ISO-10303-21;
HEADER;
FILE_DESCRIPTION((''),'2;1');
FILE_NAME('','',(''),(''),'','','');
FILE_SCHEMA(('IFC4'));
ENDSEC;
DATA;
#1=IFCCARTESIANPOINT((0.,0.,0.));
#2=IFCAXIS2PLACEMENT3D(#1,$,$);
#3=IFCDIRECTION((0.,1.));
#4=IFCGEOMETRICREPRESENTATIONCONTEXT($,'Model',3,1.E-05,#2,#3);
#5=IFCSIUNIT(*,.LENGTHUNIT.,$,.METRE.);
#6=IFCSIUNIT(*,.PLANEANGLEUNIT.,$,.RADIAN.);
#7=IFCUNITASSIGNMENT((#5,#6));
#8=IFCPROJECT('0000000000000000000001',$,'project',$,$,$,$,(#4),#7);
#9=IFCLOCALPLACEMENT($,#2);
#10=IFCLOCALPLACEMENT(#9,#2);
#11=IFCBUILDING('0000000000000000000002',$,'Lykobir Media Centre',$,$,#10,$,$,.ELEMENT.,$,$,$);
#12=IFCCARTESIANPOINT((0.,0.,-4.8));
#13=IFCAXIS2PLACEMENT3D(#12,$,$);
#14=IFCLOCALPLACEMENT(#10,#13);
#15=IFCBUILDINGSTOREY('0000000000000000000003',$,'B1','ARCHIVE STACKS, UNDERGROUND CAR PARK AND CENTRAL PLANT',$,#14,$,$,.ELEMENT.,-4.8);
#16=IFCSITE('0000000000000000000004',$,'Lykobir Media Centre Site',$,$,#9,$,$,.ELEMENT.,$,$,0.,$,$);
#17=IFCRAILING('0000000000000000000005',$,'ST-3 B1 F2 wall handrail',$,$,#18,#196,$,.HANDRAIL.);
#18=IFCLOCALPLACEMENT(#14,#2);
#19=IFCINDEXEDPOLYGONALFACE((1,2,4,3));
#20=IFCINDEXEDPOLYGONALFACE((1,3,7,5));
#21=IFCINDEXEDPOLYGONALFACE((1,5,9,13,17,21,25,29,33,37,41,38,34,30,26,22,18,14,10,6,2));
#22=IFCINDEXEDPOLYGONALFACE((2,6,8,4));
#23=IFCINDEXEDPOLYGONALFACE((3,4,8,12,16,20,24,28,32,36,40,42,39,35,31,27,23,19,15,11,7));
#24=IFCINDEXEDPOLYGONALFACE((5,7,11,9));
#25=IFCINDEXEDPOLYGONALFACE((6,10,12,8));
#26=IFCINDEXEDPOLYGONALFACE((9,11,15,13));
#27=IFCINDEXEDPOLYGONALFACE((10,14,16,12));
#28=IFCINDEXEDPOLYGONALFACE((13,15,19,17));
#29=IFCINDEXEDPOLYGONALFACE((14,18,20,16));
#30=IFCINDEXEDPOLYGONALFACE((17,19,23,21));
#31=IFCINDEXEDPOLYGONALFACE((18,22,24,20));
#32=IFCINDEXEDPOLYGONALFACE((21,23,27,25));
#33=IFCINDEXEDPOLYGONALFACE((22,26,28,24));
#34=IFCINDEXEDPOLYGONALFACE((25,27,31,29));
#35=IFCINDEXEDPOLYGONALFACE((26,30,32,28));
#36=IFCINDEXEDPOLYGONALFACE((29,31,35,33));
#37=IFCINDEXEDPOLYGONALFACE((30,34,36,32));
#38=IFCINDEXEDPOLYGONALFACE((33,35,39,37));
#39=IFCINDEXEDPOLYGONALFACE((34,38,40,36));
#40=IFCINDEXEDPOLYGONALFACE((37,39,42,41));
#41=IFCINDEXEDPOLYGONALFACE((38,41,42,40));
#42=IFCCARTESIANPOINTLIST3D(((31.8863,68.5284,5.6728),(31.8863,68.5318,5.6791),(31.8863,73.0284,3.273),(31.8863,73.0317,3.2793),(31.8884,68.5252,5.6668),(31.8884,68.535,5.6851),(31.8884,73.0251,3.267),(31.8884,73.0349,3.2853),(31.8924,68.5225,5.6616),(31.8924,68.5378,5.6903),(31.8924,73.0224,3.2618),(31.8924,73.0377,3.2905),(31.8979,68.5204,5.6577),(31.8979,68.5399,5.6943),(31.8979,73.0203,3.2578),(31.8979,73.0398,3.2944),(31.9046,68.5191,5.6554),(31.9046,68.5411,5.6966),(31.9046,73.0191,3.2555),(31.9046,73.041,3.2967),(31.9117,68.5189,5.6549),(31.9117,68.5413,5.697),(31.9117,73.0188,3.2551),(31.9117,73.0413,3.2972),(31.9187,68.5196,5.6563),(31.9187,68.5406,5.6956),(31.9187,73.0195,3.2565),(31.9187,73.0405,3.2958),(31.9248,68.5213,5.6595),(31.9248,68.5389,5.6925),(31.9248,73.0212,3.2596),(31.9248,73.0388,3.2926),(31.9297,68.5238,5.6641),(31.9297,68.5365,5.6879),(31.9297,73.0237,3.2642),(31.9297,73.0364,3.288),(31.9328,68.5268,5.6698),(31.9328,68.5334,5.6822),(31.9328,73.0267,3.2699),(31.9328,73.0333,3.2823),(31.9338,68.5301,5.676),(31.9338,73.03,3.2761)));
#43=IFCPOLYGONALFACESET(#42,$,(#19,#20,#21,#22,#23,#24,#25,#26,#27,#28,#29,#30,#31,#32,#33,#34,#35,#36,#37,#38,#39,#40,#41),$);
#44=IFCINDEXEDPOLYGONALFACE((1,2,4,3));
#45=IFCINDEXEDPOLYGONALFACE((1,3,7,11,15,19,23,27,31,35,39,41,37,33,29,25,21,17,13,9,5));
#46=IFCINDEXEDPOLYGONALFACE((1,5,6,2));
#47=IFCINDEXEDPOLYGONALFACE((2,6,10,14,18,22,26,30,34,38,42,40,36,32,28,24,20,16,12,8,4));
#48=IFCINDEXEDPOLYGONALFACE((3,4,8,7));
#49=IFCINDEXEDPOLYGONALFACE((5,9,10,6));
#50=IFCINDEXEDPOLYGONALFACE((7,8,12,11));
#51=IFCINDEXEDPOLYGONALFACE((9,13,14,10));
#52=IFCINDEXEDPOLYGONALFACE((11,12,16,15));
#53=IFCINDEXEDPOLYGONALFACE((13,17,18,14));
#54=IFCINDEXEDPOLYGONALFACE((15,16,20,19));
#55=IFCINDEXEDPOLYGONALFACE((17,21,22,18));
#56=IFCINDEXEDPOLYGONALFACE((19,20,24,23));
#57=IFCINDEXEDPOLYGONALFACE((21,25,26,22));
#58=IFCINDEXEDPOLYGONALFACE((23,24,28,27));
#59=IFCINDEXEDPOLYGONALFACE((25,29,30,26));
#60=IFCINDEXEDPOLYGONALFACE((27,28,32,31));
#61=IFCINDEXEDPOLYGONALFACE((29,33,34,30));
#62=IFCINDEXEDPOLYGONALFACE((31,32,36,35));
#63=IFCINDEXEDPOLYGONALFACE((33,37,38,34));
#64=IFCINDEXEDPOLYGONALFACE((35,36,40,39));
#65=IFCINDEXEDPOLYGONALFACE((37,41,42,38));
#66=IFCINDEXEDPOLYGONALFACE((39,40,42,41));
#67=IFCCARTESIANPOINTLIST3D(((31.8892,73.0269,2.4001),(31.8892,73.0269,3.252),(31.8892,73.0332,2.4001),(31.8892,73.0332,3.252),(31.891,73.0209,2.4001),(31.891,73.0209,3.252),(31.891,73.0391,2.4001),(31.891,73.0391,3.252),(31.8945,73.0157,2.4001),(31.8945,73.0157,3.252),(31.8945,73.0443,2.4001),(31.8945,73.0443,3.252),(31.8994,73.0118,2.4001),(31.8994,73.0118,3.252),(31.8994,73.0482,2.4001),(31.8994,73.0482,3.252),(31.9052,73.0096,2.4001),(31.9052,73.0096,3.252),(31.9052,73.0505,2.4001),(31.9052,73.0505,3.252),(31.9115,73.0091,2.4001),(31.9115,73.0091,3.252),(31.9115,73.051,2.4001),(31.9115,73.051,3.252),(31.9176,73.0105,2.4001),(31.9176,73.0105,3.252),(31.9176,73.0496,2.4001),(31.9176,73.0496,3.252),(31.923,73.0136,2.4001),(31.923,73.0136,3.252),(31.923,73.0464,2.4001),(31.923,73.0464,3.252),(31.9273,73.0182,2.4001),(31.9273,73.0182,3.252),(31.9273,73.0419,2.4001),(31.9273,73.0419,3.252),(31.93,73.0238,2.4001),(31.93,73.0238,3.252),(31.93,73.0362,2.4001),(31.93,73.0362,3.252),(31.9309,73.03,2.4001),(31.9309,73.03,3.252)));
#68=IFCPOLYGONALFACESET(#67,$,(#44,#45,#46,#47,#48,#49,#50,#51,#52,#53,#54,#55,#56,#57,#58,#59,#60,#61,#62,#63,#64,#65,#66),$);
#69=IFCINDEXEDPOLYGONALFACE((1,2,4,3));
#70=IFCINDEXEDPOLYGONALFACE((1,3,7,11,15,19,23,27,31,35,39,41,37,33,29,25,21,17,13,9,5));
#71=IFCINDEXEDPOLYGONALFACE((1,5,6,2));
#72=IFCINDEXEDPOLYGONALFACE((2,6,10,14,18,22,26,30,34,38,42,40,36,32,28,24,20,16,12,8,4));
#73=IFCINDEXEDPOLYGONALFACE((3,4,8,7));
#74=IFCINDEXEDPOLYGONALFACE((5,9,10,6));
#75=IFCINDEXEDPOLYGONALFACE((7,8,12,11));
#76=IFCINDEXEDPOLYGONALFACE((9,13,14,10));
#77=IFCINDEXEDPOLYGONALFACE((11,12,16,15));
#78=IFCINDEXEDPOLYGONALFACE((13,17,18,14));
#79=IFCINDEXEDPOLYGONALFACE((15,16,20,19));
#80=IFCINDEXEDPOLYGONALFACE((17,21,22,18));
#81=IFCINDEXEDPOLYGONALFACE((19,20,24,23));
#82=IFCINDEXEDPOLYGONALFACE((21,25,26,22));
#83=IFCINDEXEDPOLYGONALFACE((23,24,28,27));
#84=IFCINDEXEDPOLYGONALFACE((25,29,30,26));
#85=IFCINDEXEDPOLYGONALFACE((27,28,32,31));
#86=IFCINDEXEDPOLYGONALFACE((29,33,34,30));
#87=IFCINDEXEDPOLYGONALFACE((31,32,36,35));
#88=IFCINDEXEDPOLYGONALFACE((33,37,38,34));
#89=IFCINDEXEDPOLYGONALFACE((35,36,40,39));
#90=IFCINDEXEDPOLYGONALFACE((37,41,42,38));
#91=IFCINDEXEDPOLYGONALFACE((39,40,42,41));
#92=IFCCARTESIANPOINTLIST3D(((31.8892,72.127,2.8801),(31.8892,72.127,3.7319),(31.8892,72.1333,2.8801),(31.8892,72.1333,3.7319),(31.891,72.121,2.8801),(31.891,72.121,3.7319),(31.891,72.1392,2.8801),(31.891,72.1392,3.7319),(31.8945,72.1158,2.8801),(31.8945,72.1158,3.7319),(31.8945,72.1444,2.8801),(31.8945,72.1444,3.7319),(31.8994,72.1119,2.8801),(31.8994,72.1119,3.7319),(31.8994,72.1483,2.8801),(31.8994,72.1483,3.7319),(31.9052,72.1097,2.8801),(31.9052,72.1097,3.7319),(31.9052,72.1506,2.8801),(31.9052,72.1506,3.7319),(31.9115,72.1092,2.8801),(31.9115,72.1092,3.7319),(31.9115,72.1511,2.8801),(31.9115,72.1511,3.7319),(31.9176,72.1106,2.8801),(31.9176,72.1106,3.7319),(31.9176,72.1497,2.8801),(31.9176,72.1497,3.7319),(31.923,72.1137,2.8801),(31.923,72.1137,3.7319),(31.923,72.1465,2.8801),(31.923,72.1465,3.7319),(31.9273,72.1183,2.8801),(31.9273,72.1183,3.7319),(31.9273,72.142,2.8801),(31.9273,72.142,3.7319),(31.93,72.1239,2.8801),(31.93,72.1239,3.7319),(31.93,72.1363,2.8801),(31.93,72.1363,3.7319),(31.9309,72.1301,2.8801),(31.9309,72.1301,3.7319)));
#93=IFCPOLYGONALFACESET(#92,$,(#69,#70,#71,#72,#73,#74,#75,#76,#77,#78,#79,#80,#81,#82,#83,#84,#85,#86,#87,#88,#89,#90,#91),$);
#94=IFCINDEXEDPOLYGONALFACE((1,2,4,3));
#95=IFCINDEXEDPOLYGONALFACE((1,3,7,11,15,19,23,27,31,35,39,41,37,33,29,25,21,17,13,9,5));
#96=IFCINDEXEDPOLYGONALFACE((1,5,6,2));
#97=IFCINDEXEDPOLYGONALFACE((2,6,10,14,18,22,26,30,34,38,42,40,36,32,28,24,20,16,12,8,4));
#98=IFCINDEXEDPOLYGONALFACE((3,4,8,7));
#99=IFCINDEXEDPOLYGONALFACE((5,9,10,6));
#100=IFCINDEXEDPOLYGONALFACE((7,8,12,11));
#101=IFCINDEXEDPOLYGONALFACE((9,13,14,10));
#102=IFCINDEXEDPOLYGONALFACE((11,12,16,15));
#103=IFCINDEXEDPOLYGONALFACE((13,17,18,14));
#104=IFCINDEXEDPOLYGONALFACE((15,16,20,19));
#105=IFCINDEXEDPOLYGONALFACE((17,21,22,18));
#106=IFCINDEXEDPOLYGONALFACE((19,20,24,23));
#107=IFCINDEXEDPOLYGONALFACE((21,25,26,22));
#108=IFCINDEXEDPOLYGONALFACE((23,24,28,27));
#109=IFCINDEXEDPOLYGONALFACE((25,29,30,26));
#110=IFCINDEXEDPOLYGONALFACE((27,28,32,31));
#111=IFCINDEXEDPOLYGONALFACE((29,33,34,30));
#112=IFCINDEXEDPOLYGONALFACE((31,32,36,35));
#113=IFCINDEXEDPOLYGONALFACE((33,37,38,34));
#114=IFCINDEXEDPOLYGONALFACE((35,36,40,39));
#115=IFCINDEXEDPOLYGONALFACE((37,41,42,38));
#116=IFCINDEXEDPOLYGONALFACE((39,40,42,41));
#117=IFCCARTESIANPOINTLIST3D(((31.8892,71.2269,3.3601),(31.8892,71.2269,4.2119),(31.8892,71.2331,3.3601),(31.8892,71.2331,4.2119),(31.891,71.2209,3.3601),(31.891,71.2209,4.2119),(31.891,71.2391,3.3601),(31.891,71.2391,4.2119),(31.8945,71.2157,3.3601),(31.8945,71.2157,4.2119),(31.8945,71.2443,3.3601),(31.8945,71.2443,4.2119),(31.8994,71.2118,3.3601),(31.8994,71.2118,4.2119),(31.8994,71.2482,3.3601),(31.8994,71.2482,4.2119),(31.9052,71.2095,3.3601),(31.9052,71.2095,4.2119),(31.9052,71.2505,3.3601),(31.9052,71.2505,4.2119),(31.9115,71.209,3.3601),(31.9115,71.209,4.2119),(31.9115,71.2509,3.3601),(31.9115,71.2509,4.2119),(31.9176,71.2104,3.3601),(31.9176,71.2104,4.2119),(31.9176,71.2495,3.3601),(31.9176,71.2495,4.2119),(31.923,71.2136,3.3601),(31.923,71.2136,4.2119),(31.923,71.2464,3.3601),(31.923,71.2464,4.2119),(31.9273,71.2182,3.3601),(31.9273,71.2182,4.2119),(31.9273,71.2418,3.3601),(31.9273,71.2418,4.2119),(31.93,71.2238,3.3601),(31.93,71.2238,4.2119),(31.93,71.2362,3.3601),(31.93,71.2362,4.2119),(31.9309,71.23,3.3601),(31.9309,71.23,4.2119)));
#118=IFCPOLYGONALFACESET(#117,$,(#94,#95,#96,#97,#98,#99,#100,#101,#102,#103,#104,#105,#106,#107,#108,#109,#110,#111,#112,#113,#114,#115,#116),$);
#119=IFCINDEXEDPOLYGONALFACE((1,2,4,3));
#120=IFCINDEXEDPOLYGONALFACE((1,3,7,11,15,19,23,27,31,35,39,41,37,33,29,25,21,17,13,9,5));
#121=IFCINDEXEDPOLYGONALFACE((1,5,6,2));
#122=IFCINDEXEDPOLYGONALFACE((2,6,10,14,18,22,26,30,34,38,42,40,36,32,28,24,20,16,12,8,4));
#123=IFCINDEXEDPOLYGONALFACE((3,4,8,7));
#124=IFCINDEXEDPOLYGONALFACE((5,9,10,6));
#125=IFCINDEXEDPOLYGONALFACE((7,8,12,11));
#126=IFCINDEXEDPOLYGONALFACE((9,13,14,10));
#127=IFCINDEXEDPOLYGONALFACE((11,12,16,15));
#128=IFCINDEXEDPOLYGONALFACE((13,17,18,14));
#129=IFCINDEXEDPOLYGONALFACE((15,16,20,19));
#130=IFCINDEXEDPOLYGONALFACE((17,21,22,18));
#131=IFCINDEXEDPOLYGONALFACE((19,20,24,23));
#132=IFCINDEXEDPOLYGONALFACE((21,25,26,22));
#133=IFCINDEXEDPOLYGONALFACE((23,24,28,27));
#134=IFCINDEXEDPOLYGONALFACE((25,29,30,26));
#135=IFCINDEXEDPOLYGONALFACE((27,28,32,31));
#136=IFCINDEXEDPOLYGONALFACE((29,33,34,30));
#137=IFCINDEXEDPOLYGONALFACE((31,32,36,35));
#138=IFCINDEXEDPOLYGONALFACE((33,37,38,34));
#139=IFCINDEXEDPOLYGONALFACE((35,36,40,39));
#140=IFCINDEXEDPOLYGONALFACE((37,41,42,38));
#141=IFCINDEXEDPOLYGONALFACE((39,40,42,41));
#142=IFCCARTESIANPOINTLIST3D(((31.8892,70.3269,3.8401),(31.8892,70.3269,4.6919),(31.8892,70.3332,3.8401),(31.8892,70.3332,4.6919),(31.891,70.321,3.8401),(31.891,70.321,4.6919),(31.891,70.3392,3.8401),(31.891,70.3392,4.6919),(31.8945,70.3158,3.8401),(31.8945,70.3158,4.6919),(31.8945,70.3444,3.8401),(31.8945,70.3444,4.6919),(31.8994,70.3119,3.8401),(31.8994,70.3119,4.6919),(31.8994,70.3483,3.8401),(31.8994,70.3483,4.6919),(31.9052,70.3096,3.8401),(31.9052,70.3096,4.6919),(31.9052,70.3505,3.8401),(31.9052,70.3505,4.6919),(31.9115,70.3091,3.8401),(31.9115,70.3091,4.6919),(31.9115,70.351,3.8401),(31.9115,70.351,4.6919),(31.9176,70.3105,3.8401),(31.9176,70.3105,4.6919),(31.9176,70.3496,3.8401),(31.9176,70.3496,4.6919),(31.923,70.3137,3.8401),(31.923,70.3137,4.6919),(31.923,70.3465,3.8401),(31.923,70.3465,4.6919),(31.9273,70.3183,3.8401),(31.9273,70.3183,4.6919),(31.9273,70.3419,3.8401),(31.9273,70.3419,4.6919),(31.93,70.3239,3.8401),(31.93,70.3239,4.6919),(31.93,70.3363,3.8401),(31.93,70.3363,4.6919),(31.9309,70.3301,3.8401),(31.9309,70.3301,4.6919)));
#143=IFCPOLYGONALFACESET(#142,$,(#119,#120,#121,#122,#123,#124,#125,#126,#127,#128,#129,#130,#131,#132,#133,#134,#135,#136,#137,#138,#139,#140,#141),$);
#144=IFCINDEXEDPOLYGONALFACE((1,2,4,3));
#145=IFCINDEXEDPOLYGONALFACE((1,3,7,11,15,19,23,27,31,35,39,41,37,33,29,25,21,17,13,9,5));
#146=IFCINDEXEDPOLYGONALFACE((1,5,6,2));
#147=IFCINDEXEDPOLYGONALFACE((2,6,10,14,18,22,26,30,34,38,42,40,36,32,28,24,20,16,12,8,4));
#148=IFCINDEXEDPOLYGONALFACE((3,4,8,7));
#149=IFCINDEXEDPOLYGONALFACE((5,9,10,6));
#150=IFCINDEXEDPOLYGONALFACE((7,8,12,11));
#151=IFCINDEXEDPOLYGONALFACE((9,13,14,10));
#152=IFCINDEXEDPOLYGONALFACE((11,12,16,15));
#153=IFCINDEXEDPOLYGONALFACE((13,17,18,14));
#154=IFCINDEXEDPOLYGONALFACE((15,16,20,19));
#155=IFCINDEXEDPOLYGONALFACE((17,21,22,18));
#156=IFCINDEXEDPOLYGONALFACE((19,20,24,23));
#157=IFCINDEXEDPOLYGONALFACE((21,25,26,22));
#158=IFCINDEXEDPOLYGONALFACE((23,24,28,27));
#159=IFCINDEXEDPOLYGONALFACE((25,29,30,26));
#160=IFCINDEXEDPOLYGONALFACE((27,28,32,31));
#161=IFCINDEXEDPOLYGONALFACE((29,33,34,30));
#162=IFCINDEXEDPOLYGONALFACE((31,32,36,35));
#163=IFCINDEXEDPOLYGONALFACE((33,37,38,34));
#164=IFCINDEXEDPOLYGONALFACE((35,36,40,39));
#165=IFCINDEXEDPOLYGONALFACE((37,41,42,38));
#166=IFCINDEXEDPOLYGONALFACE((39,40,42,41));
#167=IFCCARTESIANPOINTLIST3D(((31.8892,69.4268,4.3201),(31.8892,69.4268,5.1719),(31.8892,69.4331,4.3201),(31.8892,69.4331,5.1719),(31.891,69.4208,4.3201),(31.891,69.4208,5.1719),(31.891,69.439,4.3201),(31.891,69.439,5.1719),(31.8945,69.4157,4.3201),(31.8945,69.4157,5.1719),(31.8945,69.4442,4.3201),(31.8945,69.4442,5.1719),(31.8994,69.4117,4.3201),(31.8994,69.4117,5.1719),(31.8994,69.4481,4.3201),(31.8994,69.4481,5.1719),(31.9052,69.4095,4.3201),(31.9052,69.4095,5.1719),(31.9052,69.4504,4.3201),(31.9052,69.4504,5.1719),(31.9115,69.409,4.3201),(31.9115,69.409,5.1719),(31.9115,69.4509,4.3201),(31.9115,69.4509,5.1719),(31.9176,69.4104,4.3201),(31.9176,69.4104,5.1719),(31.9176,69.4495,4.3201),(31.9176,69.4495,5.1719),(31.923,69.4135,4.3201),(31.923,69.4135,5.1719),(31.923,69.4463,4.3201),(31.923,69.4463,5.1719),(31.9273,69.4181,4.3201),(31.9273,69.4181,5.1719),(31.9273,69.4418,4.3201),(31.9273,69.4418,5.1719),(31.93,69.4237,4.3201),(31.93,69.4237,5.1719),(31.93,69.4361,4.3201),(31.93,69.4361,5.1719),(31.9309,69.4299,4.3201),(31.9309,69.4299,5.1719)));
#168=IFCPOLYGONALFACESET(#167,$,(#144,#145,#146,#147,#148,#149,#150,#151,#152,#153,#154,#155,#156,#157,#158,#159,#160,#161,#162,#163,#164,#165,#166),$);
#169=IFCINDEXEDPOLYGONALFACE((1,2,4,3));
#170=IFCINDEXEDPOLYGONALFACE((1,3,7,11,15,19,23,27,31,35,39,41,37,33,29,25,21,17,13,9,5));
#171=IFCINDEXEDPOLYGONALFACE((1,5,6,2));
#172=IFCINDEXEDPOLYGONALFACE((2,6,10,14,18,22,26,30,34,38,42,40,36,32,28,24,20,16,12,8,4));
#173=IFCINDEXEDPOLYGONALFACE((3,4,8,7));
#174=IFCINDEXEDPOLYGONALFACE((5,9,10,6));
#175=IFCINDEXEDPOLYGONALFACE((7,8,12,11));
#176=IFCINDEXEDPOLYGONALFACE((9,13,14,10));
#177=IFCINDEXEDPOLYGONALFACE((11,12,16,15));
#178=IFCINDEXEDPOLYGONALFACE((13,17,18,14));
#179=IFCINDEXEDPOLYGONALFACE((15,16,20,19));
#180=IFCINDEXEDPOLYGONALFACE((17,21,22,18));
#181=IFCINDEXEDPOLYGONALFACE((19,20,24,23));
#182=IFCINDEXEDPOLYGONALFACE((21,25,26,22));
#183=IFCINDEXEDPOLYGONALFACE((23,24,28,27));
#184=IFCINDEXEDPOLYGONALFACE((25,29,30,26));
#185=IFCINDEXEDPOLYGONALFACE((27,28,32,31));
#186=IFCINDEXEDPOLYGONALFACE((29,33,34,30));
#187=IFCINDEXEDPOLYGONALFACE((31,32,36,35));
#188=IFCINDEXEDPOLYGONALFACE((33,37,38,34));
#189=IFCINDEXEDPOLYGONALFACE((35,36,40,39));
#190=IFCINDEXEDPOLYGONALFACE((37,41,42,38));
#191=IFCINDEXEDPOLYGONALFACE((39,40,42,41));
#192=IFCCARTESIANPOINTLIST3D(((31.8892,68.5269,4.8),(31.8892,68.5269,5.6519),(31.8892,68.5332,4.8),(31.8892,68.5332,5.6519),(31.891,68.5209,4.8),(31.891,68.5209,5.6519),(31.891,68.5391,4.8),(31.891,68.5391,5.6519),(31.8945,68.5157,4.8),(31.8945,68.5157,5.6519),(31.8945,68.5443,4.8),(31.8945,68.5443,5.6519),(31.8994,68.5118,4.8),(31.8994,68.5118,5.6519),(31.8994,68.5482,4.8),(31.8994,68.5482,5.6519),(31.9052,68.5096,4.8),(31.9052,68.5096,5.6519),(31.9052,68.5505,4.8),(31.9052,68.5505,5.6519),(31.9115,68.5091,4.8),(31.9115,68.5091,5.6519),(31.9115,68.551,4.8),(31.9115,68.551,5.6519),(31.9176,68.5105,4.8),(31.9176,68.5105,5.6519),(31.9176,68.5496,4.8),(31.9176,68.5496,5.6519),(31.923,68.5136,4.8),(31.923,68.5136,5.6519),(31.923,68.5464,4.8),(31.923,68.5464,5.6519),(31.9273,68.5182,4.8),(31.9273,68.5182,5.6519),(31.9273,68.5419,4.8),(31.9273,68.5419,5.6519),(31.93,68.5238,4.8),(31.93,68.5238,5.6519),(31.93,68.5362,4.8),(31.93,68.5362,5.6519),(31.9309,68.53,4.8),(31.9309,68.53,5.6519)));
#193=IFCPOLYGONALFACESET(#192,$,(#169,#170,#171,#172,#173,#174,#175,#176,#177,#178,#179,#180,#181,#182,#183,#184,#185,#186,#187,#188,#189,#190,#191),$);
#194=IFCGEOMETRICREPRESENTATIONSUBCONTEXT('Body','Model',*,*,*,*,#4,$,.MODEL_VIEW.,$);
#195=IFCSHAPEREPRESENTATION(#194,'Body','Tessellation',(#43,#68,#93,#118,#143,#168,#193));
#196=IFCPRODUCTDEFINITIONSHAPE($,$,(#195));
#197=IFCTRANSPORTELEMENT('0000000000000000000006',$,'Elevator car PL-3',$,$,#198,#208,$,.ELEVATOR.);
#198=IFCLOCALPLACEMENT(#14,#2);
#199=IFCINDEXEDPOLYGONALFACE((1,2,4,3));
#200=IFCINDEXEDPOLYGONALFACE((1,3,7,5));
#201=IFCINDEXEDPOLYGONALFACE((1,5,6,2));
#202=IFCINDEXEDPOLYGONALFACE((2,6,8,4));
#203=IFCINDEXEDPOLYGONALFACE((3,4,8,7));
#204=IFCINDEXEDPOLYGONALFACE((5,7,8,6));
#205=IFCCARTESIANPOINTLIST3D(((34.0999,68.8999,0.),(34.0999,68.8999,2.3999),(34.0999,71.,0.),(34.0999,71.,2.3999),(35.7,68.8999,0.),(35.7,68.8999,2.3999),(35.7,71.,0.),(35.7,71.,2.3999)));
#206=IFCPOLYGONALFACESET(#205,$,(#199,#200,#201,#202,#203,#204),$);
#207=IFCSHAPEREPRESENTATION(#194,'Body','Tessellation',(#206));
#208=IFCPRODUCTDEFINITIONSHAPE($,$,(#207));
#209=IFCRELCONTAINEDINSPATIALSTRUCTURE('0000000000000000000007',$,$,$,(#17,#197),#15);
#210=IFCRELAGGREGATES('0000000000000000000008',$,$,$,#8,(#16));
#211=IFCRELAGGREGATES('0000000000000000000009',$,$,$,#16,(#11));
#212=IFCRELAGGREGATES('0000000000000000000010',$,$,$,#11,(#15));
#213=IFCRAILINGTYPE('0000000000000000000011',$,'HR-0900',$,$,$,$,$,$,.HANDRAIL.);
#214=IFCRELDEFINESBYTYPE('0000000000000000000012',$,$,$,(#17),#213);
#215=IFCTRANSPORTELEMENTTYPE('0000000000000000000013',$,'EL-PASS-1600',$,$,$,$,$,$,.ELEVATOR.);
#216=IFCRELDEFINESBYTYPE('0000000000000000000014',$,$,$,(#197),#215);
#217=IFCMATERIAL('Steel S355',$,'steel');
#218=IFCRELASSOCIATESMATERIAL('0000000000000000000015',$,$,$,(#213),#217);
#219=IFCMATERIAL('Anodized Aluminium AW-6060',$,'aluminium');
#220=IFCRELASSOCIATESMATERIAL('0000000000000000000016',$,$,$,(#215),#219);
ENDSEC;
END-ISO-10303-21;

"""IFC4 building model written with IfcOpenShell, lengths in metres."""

from ifc_helpers import new_model, si_unit, direction, frame, origin, origin_2d, place, context, subcontext, project, spatial, rectangle, circle, extrude, material, type_object, element, save


model = new_model("IFC4")

# Units and contexts
model_context = context("Model", 3, precision=1e-05, world=origin(), true_north=direction((0.0, 1.0)))
body_context = subcontext(model_context, "Body", "Model", "MODEL_VIEW")
ifc_project = project(units=[si_unit("LENGTHUNIT", "METRE"), si_unit("PLANEANGLEUNIT", "RADIAN")], contexts=[model_context])

# Site, building, storey
site_placement = place(None, origin())
site = spatial("IfcSite", under=ifc_project, at=site_placement, Name="Lykobir Media Centre Site", CompositionType="ELEMENT", RefElevation=0.0)
building_placement = place(site_placement, origin())
building = spatial("IfcBuilding", under=site, at=building_placement, Name="Lykobir Media Centre", CompositionType="ELEMENT")
storey_placement = place(building_placement, frame((0.0, 0.0, -4.8)))
storey = spatial("IfcBuildingStorey", under=building, at=storey_placement, Name="B1", Description="ARCHIVE STACKS, UNDERGROUND CAR PARK AND CENTRAL PLANT", CompositionType="ELEMENT", Elevation=-4.8)

# Shared definitions
ifc_material_1 = material(Name="Steel S355", Category="steel")

# Railing
railing_type_1 = type_object("IfcRailingType", Name="HR-0900", PredefinedType="HANDRAIL", material=ifc_material_1)
railing_1_placement = place(storey_placement, frame((31.9099, 73.03, 2.4001)))
element("IfcRailing", 1, at=railing_1_placement, inside=storey, type_object=railing_type_1, Name="ST-3 B1 F2 wall handrail", PredefinedType="HANDRAIL", context=body_context, shape_type="SweptSolid", body=[
    extrude(circle(Radius=0.0239, at=origin_2d()), frame((0.0, 0.0, 0.876), z_axis=(0.0, -0.882361, 0.470573), x_axis=(1.0, 0.0, 0.0)), (0.0, 0.0, 1.0), 5.0999),
    extrude(circle(Radius=0.021, at=origin_2d()), origin(), (0.0, 0.0, 1.0), 0.8518),
    extrude(circle(Radius=0.021, at=origin_2d()), frame((0.0, -0.8999, 0.48)), (0.0, 0.0, 1.0), 0.8518),
    extrude(circle(Radius=0.021, at=origin_2d()), frame((0.0, -1.8, 0.96)), (0.0, 0.0, 1.0), 0.8518),
    extrude(circle(Radius=0.021, at=origin_2d()), frame((0.0, -2.7, 1.4399)), (0.0, 0.0, 1.0), 0.8518),
    extrude(circle(Radius=0.021, at=origin_2d()), frame((0.0, -3.6001, 1.9199)), (0.0, 0.0, 1.0), 0.8518),
    extrude(circle(Radius=0.021, at=origin_2d()), frame((0.0, -4.5, 2.3999)), (0.0, 0.0, 1.0), 0.8518),
])

# Transport element
ifc_material_2 = material(Name="Anodized Aluminium AW-6060", Category="aluminium")
transport_element_type = type_object("IfcTransportElementType", Name="EL-PASS-1600", PredefinedType="ELEVATOR", material=ifc_material_2)
transport_element_placement = place(storey_placement, frame((34.8999, 69.95, 0.0), z_axis=(0.0, 0.0, 1.0), x_axis=(1.0, 0.0, 0.0)))
element("IfcTransportElement", 2, at=transport_element_placement, inside=storey, type_object=transport_element_type, Name="Elevator car PL-3", PredefinedType="ELEVATOR", context=body_context, shape_type="SweptSolid", body=[
    extrude(rectangle(XDim=1.6001, YDim=2.1001, at=origin_2d()), origin(), (0.0, 0.0, 1.0), 2.3999),
])

save(model, "model.ifc")
